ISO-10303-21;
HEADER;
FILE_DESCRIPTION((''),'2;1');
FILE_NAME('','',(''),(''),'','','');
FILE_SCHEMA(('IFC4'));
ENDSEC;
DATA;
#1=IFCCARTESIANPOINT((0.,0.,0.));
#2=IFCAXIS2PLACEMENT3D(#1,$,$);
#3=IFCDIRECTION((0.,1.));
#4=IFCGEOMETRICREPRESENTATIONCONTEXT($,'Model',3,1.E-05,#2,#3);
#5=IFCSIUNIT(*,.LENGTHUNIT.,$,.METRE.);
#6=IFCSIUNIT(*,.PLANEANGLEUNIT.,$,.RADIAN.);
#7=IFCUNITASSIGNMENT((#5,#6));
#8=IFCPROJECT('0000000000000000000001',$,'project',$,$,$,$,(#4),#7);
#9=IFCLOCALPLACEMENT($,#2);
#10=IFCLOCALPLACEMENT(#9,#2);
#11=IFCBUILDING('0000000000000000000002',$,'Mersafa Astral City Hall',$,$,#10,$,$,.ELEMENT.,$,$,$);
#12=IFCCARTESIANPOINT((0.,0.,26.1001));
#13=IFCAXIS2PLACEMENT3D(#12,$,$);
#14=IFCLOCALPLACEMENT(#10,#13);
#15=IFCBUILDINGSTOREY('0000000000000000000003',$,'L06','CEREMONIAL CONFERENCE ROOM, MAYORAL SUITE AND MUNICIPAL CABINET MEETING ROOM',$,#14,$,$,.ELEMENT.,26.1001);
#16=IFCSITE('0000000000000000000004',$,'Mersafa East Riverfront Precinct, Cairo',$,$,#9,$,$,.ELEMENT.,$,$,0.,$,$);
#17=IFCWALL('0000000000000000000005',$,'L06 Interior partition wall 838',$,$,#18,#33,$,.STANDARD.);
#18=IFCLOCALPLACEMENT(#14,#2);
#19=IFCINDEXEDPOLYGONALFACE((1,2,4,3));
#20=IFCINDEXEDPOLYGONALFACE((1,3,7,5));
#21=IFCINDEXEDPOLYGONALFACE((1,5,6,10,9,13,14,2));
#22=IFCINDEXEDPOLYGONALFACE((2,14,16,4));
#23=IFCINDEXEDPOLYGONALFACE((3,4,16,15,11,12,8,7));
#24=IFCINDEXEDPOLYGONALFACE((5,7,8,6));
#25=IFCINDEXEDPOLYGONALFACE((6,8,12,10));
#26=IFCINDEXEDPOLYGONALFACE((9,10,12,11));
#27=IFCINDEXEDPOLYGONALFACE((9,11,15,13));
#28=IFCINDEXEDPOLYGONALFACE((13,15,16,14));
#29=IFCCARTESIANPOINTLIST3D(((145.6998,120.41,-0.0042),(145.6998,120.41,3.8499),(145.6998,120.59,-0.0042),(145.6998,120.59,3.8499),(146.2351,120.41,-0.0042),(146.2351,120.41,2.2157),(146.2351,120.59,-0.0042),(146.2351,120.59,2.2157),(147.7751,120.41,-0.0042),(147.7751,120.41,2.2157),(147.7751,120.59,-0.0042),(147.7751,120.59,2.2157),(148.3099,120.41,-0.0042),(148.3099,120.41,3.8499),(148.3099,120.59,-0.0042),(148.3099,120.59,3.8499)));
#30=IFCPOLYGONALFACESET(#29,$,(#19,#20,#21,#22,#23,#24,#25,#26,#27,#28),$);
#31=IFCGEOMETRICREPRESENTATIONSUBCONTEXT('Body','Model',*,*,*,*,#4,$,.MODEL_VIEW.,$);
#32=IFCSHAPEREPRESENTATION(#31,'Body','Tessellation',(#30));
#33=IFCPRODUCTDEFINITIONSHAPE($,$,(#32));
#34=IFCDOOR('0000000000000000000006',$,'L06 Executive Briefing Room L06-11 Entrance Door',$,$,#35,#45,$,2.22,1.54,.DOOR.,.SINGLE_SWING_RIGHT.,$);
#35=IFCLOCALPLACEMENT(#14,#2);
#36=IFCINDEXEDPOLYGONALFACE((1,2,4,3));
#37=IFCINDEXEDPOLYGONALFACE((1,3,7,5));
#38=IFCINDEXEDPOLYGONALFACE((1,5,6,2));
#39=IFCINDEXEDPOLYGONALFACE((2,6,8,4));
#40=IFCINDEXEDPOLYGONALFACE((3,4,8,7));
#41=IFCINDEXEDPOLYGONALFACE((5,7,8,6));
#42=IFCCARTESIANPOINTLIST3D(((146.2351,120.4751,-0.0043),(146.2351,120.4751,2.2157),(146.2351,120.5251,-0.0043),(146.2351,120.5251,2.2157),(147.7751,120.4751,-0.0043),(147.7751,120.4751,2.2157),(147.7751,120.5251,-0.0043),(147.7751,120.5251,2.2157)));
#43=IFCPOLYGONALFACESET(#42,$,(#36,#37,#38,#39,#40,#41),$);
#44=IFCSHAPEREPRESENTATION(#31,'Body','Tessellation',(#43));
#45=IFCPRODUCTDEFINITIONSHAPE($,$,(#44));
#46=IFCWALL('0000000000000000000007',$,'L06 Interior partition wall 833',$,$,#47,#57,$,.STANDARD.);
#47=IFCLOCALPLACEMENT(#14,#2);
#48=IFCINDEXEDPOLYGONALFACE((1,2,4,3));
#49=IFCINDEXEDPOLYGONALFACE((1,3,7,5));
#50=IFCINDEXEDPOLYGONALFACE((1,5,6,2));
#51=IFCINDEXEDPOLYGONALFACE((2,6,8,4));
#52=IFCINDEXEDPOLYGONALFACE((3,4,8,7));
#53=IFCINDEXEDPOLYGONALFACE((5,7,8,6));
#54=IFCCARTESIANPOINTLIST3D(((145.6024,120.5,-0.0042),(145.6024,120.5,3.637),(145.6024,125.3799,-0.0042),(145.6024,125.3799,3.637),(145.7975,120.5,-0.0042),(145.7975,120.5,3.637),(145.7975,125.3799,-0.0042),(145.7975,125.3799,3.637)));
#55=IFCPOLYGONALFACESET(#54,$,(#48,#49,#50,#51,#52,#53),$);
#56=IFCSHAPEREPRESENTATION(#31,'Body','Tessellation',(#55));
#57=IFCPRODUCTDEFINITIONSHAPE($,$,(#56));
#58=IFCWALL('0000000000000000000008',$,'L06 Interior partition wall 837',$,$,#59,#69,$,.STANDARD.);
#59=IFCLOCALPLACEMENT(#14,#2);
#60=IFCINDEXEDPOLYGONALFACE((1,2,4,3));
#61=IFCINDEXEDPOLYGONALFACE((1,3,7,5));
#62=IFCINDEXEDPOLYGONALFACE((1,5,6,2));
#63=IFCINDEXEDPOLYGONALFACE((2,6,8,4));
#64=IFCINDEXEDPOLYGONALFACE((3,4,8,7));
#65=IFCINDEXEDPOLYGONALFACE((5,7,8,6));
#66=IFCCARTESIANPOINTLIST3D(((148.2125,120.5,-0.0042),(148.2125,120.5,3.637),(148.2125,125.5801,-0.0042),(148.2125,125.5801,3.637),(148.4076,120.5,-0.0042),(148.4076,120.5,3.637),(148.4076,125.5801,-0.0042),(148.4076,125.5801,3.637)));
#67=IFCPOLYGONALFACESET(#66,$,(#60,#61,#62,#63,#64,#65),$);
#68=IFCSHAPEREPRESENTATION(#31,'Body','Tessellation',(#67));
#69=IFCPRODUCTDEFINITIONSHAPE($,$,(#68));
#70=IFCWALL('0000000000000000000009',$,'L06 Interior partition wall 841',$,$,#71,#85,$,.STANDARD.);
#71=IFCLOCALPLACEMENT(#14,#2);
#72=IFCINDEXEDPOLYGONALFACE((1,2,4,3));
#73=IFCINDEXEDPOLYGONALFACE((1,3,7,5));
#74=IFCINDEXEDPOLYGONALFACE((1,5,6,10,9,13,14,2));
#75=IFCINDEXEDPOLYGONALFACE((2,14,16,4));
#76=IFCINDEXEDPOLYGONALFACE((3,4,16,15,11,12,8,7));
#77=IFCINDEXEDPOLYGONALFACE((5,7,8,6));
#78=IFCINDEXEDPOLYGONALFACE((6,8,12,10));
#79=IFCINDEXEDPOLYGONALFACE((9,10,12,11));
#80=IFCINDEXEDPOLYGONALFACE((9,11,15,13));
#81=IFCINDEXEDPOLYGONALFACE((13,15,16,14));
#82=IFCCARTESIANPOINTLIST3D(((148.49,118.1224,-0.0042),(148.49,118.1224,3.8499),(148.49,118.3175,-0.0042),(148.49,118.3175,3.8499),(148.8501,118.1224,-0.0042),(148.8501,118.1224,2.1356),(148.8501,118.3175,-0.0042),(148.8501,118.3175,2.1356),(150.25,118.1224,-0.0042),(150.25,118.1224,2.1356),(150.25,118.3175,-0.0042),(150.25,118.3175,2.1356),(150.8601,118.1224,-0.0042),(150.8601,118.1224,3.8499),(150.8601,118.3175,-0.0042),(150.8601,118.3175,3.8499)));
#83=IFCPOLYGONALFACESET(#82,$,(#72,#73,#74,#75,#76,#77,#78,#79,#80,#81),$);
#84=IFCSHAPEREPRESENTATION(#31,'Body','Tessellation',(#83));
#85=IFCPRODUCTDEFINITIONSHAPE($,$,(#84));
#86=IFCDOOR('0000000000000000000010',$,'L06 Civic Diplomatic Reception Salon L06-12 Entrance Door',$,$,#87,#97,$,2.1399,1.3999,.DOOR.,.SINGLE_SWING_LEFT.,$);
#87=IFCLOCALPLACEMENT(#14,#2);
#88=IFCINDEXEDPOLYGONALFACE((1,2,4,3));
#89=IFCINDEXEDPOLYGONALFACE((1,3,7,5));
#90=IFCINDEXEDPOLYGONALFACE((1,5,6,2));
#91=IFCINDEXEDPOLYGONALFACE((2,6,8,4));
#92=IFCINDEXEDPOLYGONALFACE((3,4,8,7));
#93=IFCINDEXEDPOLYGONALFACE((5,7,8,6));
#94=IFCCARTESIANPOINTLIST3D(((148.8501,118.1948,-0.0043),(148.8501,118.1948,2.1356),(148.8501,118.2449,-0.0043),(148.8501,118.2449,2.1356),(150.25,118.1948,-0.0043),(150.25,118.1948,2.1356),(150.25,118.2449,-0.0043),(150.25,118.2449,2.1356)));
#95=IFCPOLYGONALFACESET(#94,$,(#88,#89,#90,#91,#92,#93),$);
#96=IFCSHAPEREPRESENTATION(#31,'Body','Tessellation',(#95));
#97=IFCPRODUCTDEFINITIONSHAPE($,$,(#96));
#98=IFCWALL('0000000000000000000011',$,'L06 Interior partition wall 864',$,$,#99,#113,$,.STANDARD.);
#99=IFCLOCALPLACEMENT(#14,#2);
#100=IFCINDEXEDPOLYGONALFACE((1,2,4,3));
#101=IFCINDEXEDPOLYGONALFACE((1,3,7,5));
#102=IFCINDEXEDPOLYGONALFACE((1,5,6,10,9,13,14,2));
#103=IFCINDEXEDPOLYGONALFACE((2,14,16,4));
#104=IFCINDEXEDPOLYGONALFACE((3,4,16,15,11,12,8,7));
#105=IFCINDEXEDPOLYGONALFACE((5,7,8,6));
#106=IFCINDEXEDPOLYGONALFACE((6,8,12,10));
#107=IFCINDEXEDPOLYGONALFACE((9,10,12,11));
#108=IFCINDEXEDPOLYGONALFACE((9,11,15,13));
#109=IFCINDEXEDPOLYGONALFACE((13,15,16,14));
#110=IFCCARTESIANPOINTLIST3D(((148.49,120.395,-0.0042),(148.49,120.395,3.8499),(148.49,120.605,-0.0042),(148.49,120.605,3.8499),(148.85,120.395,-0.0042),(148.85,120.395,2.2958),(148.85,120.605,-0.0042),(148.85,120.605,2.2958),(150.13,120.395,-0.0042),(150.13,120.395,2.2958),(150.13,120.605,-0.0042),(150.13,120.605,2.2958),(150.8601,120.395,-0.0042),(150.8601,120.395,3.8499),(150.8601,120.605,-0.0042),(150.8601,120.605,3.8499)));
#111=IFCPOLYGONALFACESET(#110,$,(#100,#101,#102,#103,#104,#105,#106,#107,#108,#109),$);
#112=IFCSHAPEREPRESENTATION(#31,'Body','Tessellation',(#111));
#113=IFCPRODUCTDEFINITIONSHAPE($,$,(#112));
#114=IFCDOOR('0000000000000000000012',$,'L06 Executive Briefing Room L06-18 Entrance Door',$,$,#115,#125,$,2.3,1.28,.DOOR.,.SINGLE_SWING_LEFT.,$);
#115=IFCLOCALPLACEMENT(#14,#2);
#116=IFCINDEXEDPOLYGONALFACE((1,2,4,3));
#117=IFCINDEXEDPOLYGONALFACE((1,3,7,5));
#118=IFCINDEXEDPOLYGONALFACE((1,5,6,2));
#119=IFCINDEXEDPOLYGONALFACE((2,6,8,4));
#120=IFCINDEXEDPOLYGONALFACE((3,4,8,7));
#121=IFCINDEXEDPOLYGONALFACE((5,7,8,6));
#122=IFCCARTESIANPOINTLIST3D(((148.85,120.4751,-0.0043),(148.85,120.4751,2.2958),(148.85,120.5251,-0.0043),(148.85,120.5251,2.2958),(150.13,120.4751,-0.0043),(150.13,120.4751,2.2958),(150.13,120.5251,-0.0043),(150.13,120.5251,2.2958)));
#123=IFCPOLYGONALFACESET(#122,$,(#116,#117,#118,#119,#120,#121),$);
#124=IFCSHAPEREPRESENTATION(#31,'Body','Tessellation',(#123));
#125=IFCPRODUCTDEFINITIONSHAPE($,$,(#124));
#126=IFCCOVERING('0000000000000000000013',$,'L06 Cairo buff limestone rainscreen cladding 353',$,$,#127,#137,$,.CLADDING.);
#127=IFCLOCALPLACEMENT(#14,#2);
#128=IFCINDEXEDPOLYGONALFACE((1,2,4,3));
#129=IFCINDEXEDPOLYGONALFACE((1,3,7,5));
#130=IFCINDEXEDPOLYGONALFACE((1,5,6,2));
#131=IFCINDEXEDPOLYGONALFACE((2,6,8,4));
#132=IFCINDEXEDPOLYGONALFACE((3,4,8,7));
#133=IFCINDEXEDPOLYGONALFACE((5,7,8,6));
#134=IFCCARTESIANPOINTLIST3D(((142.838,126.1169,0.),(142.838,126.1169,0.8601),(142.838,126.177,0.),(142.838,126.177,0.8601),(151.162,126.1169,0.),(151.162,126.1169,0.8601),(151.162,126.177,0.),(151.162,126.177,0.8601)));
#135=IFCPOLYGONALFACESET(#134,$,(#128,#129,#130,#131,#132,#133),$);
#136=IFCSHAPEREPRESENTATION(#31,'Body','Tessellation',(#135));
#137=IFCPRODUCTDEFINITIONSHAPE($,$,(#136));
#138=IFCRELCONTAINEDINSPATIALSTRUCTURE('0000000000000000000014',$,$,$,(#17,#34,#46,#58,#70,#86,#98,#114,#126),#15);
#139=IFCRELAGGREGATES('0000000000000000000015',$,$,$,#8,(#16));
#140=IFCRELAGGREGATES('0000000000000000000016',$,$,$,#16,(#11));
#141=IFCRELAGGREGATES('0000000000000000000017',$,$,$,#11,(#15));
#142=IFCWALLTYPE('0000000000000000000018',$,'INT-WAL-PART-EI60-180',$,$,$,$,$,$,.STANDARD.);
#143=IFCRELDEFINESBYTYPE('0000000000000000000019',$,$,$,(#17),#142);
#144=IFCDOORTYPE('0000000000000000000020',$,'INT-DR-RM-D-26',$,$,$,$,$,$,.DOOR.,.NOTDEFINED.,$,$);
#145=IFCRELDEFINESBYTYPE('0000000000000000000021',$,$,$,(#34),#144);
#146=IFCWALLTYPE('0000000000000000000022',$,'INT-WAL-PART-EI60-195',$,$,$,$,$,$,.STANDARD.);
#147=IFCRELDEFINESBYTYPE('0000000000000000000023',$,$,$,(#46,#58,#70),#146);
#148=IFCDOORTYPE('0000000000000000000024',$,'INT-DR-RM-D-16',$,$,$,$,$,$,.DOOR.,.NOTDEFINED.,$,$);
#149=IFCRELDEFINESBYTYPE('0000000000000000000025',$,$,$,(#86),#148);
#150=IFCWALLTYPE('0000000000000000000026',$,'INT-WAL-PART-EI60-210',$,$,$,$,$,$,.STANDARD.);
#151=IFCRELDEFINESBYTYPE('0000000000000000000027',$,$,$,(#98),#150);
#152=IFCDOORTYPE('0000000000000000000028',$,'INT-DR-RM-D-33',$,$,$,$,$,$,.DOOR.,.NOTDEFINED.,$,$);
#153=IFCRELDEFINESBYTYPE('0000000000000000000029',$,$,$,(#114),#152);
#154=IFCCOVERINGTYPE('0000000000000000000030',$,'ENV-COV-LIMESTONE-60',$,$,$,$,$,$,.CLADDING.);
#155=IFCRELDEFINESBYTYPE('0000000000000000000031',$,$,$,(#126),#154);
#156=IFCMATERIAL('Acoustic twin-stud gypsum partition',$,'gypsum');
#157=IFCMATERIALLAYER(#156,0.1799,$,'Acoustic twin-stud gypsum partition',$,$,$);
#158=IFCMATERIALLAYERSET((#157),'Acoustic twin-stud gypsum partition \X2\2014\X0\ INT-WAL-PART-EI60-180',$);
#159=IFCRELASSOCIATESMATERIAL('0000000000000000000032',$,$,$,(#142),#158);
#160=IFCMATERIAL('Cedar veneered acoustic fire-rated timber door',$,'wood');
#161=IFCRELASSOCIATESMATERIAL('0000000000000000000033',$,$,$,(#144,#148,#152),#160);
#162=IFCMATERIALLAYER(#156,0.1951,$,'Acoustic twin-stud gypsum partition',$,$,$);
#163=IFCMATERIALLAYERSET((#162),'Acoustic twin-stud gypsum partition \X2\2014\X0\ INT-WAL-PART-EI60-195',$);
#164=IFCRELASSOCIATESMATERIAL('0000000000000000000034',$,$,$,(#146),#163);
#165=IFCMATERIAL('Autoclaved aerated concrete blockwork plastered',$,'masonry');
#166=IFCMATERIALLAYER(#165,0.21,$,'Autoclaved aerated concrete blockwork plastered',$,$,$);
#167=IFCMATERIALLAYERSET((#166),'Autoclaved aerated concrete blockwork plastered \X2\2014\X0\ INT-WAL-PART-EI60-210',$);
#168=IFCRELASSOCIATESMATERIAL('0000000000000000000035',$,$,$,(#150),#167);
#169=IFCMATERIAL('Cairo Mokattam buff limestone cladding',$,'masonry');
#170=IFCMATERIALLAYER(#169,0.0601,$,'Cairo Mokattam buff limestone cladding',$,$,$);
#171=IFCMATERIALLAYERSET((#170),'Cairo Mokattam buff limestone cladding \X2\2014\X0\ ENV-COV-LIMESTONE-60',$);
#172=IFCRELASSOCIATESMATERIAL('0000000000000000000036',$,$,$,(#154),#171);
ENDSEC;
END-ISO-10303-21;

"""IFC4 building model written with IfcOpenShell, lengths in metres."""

from ifc_helpers import new_model, si_unit, direction, frame, frame_2d, origin, origin_2d, place, context, subcontext, project, spatial, rectangle, extrude, material, layer, layer_set, type_object, element, fill, save


model = new_model("IFC4")

# Units and contexts
model_context = context("Model", 3, precision=1e-05, world=origin(), true_north=direction((0.0, 1.0)))
body_context = subcontext(model_context, "Body", "Model", "MODEL_VIEW")
ifc_project = project(units=[si_unit("LENGTHUNIT", "METRE"), si_unit("PLANEANGLEUNIT", "RADIAN")], contexts=[model_context])

# Site, building, storey
site_placement = place(None, origin())
site = spatial("IfcSite", under=ifc_project, at=site_placement, Name="Mersafa East Riverfront Precinct, Cairo", CompositionType="ELEMENT", RefElevation=0.0)
building_placement = place(site_placement, origin())
building = spatial("IfcBuilding", under=site, at=building_placement, Name="Mersafa Astral City Hall", CompositionType="ELEMENT")
storey_placement = place(building_placement, frame((0.0, 0.0, 26.1001)))
storey = spatial("IfcBuildingStorey", under=building, at=storey_placement, Name="L06", Description="CEREMONIAL CONFERENCE ROOM, MAYORAL SUITE AND MUNICIPAL CABINET MEETING ROOM", CompositionType="ELEMENT", Elevation=26.1001)

# Shared definitions
ifc_material_1 = material(Name="Acoustic twin-stud gypsum partition", Category="gypsum")
ifc_layer_1 = layer(ifc_material_1, 0.1799, Name="Acoustic twin-stud gypsum partition")
ifc_layer_set_1 = layer_set([ifc_layer_1], Name="Acoustic twin-stud gypsum partition — INT-WAL-PART-EI60-180")
wall_type_1 = type_object("IfcWallType", Name="INT-WAL-PART-EI60-180", PredefinedType="STANDARD", material=ifc_layer_set_1)

# Wall, opening, door
wall_1_placement = place(storey_placement, frame((148.3101, 120.5, -0.0042), z_axis=(0.0, 0.0, 1.0), x_axis=(-1.0, 0.0, 0.0)))
wall_1 = element("IfcWall", 1, at=wall_1_placement, inside=storey, type_object=wall_type_1, Name="L06 Interior partition wall 838", PredefinedType="STANDARD", context=body_context, shape_type="SweptSolid", body=[
    extrude(rectangle(XDim=2.6101, YDim=0.1799, at=frame_2d((1.3052, 0.0))), origin(), (0.0, 0.0, 1.0), 3.854),
])
opening_1_placement = place(wall_1_placement, frame((0.5349, 0.0, 0.0)))
opening_1 = element("IfcOpeningElement", 2, at=opening_1_placement, cuts=wall_1, PredefinedType="OPENING", context=body_context, shape_type="SweptSolid", body=[
    extrude(rectangle(XDim=1.54, YDim=2.22, at=frame_2d((0.77, 1.1099))), frame((0.0, 0.0999, 0.0), z_axis=(0.0, -1.0, 0.0), x_axis=(1.0, 0.0, 0.0)), (0.0, 0.0, 1.0), 0.2),
])
ifc_material_2 = material(Name="Cedar veneered acoustic fire-rated timber door", Category="wood")
door_type_1 = type_object("IfcDoorType", Name="INT-DR-RM-D-26", OperationType="NOTDEFINED", PredefinedType="DOOR", material=ifc_material_2)
door_1_placement = place(opening_1_placement, origin())
door_1 = element("IfcDoor", 3, at=door_1_placement, inside=storey, type_object=door_type_1, Name="L06 Executive Briefing Room L06-11 Entrance Door", OperationType="SINGLE_SWING_RIGHT", OverallHeight=2.22, OverallWidth=1.54, PredefinedType="DOOR", context=body_context, shape_type="SweptSolid", body=[
    extrude(rectangle(XDim=1.54, YDim=2.22, at=frame_2d((0.77, 1.1099))), frame((0.0, 0.0249, 0.0), z_axis=(0.0, -1.0, 0.0), x_axis=(1.0, 0.0, 0.0)), (0.0, 0.0, 1.0), 0.05),
])
fill(opening_1, door_1)

# Walls
ifc_layer_2 = layer(ifc_material_1, 0.1951, Name="Acoustic twin-stud gypsum partition")
ifc_layer_set_2 = layer_set([ifc_layer_2], Name="Acoustic twin-stud gypsum partition — INT-WAL-PART-EI60-195")
wall_type_2 = type_object("IfcWallType", Name="INT-WAL-PART-EI60-195", PredefinedType="STANDARD", material=ifc_layer_set_2)
wall_2_placement = place(storey_placement, frame((145.7, 120.5, -0.0042), z_axis=(0.0, 0.0, 1.0), x_axis=(0.0, 1.0, 0.0)))
element("IfcWall", 4, at=wall_2_placement, inside=storey, type_object=wall_type_2, Name="L06 Interior partition wall 833", PredefinedType="STANDARD", context=body_context, shape_type="SweptSolid", body=[
    extrude(rectangle(XDim=4.8799, YDim=0.1951, at=frame_2d((2.4399, 0.0))), origin(), (0.0, 0.0, 1.0), 3.6411),
])
wall_3_placement = place(storey_placement, frame((148.3101, 125.5801, -0.0042), z_axis=(0.0, 0.0, 1.0), x_axis=(0.0, -1.0, 0.0)))
element("IfcWall", 5, at=wall_3_placement, inside=storey, type_object=wall_type_2, Name="L06 Interior partition wall 837", PredefinedType="STANDARD", context=body_context, shape_type="SweptSolid", body=[
    extrude(rectangle(XDim=5.0801, YDim=0.1951, at=frame_2d((2.54, 0.0))), origin(), (0.0, 0.0, 1.0), 3.6411),
])

# Walls, openings, doors
wall_4_placement = place(storey_placement, frame((148.49, 118.22, -0.0042), z_axis=(0.0, 0.0, 1.0), x_axis=(1.0, 0.0, 0.0)))
wall_4 = element("IfcWall", 6, at=wall_4_placement, inside=storey, type_object=wall_type_2, Name="L06 Interior partition wall 841", PredefinedType="STANDARD", context=body_context, shape_type="SweptSolid", body=[
    extrude(rectangle(XDim=2.3701, YDim=0.1951, at=frame_2d((1.1851, 0.0))), origin(), (0.0, 0.0, 1.0), 3.854),
])
opening_2_placement = place(wall_4_placement, frame((0.3601, 0.0, 0.0)))
opening_2 = element("IfcOpeningElement", 7, at=opening_2_placement, cuts=wall_4, PredefinedType="OPENING", context=body_context, shape_type="SweptSolid", body=[
    extrude(rectangle(XDim=1.3999, YDim=2.1399, at=frame_2d((0.7, 1.0698))), frame((0.0, 0.1074, 0.0), z_axis=(0.0, -1.0, 0.0), x_axis=(1.0, 0.0, 0.0)), (0.0, 0.0, 1.0), 0.2151),
])
door_type_2 = type_object("IfcDoorType", Name="INT-DR-RM-D-16", OperationType="NOTDEFINED", PredefinedType="DOOR", material=ifc_material_2)
door_2_placement = place(opening_2_placement, origin())
door_2 = element("IfcDoor", 8, at=door_2_placement, inside=storey, type_object=door_type_2, Name="L06 Civic Diplomatic Reception Salon L06-12 Entrance Door", OperationType="SINGLE_SWING_LEFT", OverallHeight=2.1399, OverallWidth=1.3999, PredefinedType="DOOR", context=body_context, shape_type="SweptSolid", body=[
    extrude(rectangle(XDim=1.3999, YDim=2.1399, at=frame_2d((0.7, 1.0698))), frame((0.0, 0.0249, 0.0), z_axis=(0.0, -1.0, 0.0), x_axis=(1.0, 0.0, 0.0)), (0.0, 0.0, 1.0), 0.05),
])
fill(opening_2, door_2)
ifc_material_3 = material(Name="Autoclaved aerated concrete blockwork plastered", Category="masonry")
ifc_layer_3 = layer(ifc_material_3, 0.21, Name="Autoclaved aerated concrete blockwork plastered")
ifc_layer_set_3 = layer_set([ifc_layer_3], Name="Autoclaved aerated concrete blockwork plastered — INT-WAL-PART-EI60-210")
wall_type_3 = type_object("IfcWallType", Name="INT-WAL-PART-EI60-210", PredefinedType="STANDARD", material=ifc_layer_set_3)
wall_5_placement = place(storey_placement, frame((150.8601, 120.5, -0.0042), z_axis=(0.0, 0.0, 1.0), x_axis=(-1.0, 0.0, 0.0)))
wall_5 = element("IfcWall", 9, at=wall_5_placement, inside=storey, type_object=wall_type_3, Name="L06 Interior partition wall 864", PredefinedType="STANDARD", context=body_context, shape_type="SweptSolid", body=[
    extrude(rectangle(XDim=2.3701, YDim=0.21, at=frame_2d((1.1851, 0.0))), origin(), (0.0, 0.0, 1.0), 3.854),
])
opening_3_placement = place(wall_5_placement, frame((0.73, 0.0, 0.0)))
opening_3 = element("IfcOpeningElement", 10, at=opening_3_placement, cuts=wall_5, PredefinedType="OPENING", context=body_context, shape_type="SweptSolid", body=[
    extrude(rectangle(XDim=1.28, YDim=2.3, at=frame_2d((0.6401, 1.1499))), frame((0.0, 0.115, 0.0), z_axis=(0.0, -1.0, 0.0), x_axis=(1.0, 0.0, 0.0)), (0.0, 0.0, 1.0), 0.23),
])
door_type_3 = type_object("IfcDoorType", Name="INT-DR-RM-D-33", OperationType="NOTDEFINED", PredefinedType="DOOR", material=ifc_material_2)
door_3_placement = place(opening_3_placement, origin())
door_3 = element("IfcDoor", 11, at=door_3_placement, inside=storey, type_object=door_type_3, Name="L06 Executive Briefing Room L06-18 Entrance Door", OperationType="SINGLE_SWING_LEFT", OverallHeight=2.3, OverallWidth=1.28, PredefinedType="DOOR", context=body_context, shape_type="SweptSolid", body=[
    extrude(rectangle(XDim=1.28, YDim=2.3, at=frame_2d((0.6401, 1.1499))), frame((0.0, 0.0249, 0.0), z_axis=(0.0, -1.0, 0.0), x_axis=(1.0, 0.0, 0.0)), (0.0, 0.0, 1.0), 0.05),
])
fill(opening_3, door_3)

# Covering
ifc_material_4 = material(Name="Cairo Mokattam buff limestone cladding", Category="masonry")
ifc_layer_4 = layer(ifc_material_4, 0.0601, Name="Cairo Mokattam buff limestone cladding")
ifc_layer_set_4 = layer_set([ifc_layer_4], Name="Cairo Mokattam buff limestone cladding — ENV-COV-LIMESTONE-60")
covering_type = type_object("IfcCoveringType", Name="ENV-COV-LIMESTONE-60", PredefinedType="CLADDING", material=ifc_layer_set_4)
covering_placement = place(storey_placement, frame((147.0, 126.147, 0.0), z_axis=(0.0, 0.0, 1.0), x_axis=(-1.0, 0.0, 0.0)))
element("IfcCovering", 12, at=covering_placement, inside=storey, type_object=covering_type, Name="L06 Cairo buff limestone rainscreen cladding 353", PredefinedType="CLADDING", context=body_context, shape_type="SweptSolid", body=[
    extrude(rectangle(XDim=8.324, YDim=0.0601, at=origin_2d()), origin(), (0.0, 0.0, 1.0), 0.8601),
])

save(model, "model.ifc")
